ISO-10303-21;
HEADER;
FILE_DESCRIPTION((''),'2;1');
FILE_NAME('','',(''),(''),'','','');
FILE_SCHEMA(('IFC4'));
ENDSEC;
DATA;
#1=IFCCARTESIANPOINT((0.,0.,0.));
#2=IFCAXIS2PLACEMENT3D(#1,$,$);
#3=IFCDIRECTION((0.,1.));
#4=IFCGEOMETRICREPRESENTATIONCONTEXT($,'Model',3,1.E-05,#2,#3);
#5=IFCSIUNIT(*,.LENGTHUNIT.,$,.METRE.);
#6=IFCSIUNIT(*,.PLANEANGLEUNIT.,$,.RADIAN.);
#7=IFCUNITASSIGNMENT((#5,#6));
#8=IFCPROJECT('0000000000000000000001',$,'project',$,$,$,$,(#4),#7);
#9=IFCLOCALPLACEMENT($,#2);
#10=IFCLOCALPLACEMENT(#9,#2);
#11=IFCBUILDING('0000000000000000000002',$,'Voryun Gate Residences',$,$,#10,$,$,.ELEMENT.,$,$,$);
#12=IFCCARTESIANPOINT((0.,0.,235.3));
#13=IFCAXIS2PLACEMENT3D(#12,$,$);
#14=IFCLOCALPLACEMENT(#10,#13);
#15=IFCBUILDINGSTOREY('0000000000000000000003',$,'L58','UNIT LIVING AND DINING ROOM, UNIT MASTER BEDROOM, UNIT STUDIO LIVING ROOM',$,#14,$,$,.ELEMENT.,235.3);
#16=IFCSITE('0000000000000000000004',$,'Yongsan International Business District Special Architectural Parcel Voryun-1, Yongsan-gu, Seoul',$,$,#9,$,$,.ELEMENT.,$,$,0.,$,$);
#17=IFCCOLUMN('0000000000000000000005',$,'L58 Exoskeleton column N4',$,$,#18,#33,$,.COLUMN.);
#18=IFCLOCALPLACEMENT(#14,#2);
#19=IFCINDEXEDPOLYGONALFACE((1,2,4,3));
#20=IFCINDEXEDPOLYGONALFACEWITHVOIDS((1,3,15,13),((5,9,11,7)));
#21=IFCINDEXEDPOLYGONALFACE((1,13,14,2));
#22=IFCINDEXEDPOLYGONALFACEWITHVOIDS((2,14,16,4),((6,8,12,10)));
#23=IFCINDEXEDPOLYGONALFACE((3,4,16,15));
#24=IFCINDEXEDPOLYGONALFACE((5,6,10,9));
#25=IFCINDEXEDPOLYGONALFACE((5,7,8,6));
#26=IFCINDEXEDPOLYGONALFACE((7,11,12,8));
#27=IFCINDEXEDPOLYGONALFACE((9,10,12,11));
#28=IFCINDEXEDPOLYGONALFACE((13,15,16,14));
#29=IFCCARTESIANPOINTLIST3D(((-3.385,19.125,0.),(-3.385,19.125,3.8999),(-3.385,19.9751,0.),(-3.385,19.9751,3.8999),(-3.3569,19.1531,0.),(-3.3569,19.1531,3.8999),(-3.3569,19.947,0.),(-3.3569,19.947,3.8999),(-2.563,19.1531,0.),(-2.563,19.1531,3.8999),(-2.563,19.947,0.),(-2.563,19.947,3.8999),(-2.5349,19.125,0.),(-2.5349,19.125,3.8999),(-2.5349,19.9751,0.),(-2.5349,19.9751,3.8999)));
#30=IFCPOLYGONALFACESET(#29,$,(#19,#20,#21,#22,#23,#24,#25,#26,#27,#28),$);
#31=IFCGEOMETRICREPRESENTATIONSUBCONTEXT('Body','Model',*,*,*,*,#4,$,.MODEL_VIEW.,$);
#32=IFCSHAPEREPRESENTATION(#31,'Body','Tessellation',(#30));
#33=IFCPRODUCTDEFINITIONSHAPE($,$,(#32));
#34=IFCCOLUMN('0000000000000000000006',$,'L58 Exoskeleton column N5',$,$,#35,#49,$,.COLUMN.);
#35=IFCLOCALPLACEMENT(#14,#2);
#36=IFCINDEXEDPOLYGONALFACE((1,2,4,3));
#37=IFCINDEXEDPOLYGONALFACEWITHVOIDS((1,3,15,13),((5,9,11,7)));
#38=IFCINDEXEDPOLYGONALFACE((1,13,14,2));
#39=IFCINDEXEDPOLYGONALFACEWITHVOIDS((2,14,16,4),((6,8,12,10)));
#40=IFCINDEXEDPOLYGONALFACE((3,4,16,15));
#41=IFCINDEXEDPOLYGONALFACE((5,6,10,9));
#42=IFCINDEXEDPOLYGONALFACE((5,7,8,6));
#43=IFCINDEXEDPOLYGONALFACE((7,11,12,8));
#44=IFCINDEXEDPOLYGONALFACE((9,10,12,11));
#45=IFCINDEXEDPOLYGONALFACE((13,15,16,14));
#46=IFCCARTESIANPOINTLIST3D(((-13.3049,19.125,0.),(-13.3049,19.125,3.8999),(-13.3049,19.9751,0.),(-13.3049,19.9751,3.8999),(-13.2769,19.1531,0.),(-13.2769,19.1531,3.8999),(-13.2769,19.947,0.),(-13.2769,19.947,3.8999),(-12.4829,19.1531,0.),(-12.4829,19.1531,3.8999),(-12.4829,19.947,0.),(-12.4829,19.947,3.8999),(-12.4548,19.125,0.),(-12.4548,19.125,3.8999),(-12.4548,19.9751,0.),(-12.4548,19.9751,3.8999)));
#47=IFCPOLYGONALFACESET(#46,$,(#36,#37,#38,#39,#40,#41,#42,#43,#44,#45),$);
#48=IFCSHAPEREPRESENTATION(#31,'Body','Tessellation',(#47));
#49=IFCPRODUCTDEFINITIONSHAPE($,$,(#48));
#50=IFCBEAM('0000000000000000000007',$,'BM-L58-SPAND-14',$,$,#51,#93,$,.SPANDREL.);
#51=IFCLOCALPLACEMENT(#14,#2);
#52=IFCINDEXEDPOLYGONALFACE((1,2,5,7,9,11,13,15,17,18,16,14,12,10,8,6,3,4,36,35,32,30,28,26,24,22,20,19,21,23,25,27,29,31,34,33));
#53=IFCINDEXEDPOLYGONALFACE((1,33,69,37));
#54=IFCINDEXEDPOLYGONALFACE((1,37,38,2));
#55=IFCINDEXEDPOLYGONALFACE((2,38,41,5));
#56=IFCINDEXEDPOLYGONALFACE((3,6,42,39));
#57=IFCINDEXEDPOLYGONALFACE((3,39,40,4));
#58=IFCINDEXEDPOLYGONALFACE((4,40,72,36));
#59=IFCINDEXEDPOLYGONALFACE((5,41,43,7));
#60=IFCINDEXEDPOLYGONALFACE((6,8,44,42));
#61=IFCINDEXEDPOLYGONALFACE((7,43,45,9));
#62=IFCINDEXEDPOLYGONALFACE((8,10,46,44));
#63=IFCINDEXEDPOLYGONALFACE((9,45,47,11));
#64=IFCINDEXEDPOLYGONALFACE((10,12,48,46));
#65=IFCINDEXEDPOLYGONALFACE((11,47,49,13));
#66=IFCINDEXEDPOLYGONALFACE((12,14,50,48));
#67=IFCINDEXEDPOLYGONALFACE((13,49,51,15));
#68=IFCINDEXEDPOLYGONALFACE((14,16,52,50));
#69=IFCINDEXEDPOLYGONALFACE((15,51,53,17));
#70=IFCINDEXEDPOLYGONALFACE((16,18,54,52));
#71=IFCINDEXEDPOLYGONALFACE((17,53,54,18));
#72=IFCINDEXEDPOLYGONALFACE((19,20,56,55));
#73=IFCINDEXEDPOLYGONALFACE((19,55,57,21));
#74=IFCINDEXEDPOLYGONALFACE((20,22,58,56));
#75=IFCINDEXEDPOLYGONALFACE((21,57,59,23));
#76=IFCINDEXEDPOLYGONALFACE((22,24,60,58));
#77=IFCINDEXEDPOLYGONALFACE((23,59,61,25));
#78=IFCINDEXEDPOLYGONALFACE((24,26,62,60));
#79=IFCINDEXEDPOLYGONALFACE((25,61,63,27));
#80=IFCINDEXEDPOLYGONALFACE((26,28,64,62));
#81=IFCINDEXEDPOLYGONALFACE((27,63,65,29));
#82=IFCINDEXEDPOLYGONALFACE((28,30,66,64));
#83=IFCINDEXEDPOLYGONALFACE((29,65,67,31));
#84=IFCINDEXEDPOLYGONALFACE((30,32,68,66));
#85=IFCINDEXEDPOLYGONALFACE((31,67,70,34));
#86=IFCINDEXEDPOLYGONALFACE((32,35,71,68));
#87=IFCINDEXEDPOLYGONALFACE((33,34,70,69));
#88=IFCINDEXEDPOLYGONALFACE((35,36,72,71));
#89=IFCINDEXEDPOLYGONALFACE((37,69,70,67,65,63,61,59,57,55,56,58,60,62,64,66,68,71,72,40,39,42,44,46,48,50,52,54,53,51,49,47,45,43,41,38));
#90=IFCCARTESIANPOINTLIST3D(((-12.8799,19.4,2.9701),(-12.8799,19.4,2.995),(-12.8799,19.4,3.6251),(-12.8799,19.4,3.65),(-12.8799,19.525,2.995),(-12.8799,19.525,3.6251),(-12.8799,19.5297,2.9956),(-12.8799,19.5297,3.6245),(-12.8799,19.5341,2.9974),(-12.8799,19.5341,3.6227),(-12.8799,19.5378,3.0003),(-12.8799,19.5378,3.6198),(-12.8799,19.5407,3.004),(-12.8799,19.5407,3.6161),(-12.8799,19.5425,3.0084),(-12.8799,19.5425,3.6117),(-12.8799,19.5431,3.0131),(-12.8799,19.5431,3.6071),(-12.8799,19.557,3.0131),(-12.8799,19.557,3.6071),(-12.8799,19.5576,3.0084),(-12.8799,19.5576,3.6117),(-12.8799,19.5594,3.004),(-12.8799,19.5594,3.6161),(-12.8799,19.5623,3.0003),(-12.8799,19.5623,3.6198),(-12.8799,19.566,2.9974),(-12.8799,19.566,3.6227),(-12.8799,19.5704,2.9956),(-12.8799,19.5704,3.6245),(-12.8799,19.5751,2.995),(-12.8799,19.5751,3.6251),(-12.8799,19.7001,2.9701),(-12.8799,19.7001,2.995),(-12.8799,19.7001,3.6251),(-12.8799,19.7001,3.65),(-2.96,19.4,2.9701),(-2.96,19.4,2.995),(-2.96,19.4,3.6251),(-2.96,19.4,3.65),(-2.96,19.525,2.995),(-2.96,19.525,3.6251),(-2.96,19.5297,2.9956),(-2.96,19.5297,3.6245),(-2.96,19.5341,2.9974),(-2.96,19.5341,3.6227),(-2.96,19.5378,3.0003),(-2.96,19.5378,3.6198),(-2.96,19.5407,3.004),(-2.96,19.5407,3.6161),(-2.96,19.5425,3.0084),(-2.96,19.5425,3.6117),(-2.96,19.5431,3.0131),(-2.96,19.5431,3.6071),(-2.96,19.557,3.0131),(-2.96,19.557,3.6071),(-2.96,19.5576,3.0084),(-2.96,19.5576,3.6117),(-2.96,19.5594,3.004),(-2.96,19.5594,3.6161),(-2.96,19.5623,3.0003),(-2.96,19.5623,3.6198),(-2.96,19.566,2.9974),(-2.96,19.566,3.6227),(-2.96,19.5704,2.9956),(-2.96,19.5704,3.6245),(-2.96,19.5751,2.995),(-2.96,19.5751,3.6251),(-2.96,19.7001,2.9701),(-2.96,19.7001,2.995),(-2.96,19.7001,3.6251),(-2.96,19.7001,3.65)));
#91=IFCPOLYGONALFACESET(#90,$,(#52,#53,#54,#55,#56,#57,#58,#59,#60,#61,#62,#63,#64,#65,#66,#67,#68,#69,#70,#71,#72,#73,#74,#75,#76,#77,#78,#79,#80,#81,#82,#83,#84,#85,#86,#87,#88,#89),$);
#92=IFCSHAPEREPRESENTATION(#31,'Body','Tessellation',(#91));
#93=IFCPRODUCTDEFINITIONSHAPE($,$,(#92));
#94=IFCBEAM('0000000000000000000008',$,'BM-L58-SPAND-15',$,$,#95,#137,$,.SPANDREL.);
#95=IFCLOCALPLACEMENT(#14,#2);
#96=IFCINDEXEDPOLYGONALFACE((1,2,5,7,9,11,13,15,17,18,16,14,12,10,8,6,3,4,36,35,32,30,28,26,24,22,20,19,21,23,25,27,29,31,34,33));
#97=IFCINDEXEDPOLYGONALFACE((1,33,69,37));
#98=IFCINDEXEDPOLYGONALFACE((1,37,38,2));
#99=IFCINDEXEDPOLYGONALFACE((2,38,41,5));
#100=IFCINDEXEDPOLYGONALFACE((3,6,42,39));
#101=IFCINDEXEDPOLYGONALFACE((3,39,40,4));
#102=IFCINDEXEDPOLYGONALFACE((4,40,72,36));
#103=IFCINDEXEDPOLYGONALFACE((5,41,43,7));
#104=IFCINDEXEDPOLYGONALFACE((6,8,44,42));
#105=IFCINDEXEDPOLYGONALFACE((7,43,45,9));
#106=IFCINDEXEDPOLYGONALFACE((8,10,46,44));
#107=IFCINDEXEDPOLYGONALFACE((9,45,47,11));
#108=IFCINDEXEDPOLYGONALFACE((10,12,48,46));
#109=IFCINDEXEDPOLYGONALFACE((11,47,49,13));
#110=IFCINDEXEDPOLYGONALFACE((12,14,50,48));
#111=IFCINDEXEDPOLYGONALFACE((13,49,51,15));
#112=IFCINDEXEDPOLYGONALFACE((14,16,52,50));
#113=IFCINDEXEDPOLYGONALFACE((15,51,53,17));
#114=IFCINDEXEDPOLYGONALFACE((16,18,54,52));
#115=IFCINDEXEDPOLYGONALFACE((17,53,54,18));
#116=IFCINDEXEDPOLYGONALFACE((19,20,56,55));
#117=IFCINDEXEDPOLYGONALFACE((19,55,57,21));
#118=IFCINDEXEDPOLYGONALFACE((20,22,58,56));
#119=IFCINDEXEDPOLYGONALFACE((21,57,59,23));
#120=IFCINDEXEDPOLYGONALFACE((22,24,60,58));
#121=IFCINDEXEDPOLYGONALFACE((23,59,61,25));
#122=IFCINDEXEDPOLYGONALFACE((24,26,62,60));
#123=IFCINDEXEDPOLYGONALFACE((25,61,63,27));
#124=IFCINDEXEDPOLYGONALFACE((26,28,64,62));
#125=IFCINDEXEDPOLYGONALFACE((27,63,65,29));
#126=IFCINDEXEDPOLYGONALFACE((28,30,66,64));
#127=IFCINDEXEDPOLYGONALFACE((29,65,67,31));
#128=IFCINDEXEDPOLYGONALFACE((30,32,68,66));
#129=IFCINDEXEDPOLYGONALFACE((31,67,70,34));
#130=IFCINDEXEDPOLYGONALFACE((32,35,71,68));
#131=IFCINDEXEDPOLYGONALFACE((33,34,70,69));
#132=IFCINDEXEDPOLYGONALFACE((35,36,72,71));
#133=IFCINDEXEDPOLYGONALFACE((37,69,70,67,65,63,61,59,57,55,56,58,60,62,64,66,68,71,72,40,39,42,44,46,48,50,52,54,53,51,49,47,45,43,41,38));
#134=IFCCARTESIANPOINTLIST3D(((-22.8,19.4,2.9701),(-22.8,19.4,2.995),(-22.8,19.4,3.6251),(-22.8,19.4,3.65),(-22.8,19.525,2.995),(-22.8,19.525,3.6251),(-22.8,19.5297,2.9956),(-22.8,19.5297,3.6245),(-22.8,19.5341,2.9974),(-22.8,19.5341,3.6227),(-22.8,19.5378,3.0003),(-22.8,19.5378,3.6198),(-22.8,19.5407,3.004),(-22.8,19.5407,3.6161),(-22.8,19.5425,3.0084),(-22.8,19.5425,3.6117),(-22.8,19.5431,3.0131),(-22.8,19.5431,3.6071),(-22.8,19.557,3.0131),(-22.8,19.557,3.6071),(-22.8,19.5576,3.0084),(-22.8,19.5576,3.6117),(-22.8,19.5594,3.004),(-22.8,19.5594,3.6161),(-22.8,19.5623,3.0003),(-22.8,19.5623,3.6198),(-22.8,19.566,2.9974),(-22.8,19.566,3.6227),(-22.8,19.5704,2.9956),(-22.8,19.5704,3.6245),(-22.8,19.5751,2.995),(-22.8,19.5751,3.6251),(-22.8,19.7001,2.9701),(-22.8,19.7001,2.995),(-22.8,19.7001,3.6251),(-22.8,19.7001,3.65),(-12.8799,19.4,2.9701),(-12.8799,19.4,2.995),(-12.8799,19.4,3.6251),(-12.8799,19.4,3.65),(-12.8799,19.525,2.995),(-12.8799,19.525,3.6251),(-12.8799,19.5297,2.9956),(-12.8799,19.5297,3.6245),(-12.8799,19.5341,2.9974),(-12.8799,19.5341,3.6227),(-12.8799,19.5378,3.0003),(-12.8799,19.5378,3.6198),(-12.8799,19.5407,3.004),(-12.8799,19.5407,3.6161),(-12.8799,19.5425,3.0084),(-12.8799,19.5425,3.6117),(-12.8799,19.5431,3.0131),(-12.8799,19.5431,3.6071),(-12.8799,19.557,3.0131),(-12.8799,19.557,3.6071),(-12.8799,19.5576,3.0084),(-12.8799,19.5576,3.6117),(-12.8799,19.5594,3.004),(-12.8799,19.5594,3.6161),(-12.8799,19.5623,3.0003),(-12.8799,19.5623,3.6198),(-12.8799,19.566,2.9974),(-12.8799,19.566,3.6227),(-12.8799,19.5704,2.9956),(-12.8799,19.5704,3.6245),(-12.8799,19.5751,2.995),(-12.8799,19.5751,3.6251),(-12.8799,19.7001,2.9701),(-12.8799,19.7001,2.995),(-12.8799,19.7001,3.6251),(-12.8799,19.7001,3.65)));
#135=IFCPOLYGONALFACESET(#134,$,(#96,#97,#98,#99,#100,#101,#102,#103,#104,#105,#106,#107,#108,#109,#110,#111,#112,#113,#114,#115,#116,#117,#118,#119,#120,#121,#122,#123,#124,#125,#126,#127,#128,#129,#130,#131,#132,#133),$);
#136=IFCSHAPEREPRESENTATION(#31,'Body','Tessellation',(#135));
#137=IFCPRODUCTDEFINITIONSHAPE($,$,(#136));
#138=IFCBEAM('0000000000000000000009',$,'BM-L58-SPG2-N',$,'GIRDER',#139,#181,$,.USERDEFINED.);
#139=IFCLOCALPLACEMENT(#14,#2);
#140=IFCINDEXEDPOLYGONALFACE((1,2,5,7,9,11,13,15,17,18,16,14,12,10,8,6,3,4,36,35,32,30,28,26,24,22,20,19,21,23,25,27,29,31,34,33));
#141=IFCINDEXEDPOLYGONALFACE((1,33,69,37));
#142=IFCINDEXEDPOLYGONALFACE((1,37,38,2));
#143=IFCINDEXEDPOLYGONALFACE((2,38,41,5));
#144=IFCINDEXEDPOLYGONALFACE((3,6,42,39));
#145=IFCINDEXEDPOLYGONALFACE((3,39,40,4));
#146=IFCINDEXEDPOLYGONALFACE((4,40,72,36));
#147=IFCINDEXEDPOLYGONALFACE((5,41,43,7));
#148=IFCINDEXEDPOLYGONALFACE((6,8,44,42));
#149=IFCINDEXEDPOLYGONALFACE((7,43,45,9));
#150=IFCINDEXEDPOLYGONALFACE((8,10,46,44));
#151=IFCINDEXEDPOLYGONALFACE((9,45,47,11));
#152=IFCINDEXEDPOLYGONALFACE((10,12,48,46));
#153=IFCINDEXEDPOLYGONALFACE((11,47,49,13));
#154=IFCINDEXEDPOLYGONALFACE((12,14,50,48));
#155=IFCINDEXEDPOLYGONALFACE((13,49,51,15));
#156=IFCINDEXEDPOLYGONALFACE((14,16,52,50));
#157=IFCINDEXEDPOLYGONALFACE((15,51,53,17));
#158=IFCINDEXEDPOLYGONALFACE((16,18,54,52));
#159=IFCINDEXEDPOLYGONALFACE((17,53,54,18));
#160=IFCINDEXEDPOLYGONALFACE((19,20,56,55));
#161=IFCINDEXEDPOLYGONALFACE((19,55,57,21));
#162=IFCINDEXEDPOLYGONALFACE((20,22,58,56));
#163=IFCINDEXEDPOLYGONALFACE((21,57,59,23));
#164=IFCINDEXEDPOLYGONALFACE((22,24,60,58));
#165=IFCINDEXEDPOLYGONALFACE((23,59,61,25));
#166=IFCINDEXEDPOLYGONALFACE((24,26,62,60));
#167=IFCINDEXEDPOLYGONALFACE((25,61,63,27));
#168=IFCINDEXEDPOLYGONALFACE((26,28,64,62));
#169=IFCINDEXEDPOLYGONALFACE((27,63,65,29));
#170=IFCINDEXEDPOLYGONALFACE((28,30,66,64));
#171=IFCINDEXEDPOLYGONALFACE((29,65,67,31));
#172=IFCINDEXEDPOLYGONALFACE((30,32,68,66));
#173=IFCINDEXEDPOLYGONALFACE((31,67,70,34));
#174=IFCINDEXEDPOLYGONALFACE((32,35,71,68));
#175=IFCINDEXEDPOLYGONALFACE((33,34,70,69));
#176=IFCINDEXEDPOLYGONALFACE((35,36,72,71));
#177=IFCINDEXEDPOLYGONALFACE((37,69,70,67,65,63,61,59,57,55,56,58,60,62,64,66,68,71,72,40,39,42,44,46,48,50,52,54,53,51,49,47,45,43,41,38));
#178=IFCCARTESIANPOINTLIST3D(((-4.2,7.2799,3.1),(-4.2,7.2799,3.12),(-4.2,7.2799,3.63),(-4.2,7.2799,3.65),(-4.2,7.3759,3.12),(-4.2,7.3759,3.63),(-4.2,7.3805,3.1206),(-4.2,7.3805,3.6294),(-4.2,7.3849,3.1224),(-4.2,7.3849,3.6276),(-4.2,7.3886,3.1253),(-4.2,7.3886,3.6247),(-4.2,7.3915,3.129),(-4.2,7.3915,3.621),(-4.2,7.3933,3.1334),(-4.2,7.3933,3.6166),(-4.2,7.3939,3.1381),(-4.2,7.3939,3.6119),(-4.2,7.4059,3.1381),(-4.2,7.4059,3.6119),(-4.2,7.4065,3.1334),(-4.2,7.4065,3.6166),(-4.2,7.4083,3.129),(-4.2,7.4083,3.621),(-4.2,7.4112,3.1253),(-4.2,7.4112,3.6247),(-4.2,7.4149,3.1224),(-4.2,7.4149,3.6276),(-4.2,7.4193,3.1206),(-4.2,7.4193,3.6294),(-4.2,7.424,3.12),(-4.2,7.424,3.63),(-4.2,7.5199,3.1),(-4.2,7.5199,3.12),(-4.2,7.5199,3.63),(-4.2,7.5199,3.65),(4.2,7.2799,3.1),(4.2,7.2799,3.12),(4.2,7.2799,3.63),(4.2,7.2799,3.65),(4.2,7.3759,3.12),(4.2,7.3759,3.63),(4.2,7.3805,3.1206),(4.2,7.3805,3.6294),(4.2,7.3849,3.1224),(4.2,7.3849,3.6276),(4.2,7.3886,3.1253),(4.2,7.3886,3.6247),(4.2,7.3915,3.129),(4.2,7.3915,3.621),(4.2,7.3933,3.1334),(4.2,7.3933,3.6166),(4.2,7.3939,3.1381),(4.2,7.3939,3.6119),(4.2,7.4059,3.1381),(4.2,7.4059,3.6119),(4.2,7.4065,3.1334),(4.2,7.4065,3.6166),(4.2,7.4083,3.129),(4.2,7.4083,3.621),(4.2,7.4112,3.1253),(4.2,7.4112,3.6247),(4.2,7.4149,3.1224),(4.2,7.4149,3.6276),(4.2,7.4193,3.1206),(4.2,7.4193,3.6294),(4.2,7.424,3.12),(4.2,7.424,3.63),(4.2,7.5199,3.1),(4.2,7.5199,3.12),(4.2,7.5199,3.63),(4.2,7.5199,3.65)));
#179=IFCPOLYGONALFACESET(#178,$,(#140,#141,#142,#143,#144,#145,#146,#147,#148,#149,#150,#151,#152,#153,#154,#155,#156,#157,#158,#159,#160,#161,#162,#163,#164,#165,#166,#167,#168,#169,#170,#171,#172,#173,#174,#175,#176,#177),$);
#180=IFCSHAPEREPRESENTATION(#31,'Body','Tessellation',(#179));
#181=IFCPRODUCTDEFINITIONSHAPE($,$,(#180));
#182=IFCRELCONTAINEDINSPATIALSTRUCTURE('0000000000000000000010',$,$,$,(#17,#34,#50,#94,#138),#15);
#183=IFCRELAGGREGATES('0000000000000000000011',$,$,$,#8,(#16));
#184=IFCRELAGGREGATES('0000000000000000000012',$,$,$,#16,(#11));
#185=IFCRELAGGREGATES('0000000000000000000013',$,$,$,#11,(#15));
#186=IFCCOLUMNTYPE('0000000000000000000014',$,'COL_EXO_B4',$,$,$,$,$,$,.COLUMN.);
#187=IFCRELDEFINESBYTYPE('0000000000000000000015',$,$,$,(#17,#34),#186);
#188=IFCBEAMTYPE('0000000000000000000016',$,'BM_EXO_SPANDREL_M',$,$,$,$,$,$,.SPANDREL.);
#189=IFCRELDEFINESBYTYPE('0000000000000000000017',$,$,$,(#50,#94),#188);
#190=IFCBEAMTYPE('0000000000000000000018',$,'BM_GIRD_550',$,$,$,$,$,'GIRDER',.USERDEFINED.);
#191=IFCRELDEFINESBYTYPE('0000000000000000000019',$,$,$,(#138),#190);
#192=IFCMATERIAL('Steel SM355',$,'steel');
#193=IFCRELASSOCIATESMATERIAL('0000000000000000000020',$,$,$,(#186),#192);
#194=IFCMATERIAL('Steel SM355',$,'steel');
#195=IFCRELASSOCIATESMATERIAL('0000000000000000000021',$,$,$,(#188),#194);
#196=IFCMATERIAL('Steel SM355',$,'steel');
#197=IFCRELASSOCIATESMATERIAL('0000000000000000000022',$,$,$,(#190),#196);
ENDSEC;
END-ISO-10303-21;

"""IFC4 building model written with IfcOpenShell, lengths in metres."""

from ifc_helpers import new_model, si_unit, direction, frame, origin, origin_2d, place, context, subcontext, project, spatial, hollow_rectangle, i_section, extrude, material, material_profile, profile_set, type_object, element, save


model = new_model("IFC4")

# Units and contexts
model_context = context("Model", 3, precision=1e-05, world=origin(), true_north=direction((0.0, 1.0)))
body_context = subcontext(model_context, "Body", "Model", "MODEL_VIEW")
ifc_project = project(units=[si_unit("LENGTHUNIT", "METRE"), si_unit("PLANEANGLEUNIT", "RADIAN")], contexts=[model_context])

# Site, building, storey
site_placement = place(None, origin())
site = spatial("IfcSite", under=ifc_project, at=site_placement, Name="Yongsan International Business District Special Architectural Parcel Voryun-1, Yongsan-gu, Seoul", CompositionType="ELEMENT", RefElevation=0.0)
building_placement = place(site_placement, origin())
building = spatial("IfcBuilding", under=site, at=building_placement, Name="Voryun Gate Residences", CompositionType="ELEMENT")
storey_placement = place(building_placement, frame((0.0, 0.0, 235.3)))
storey = spatial("IfcBuildingStorey", under=building, at=storey_placement, Name="L58", Description="UNIT LIVING AND DINING ROOM, UNIT MASTER BEDROOM, UNIT STUDIO LIVING ROOM", CompositionType="ELEMENT", Elevation=235.3)

# Columns
ifc_material_1 = material(Name="Steel SM355", Category="steel")
ifc_material_profile_1 = material_profile(ifc_material_1, hollow_rectangle(XDim=0.8501, YDim=0.8501, WallThickness=0.0281, at=origin_2d()), Name="BOX-850x850x28")
ifc_profile_set_1 = profile_set([ifc_material_profile_1], Name="Steel SM355")
column_type = type_object("IfcColumnType", Name="COL_EXO_B4", PredefinedType="COLUMN", material=ifc_profile_set_1)
for number, where, z_axis, x_axis, name in (
    (1, (-2.96, 19.55, 0.0), (0.0, 0.0, 1.0), (1.0, 0.0, 0.0), "L58 Exoskeleton column N4"),
    (2, (-12.8799, 19.55, 0.0), (0.0, 0.0, 1.0), (1.0, 0.0, 0.0), "L58 Exoskeleton column N5"),
):
    element("IfcColumn", number, at=place(storey_placement, frame(where, z_axis=z_axis, x_axis=x_axis)), inside=storey, type_object=column_type, Name=name, PredefinedType="COLUMN", context=body_context, shape_type="SweptSolid", body=[
        extrude(hollow_rectangle(XDim=0.8501, YDim=0.8501, WallThickness=0.0281, at=origin_2d()), origin(), (0.0, 0.0, 1.0), 3.8999),
    ])

# Beams
ifc_material_2 = material(Name="Steel SM355", Category="steel")
ifc_material_profile_2 = material_profile(ifc_material_2, i_section(OverallWidth=0.3, OverallDepth=0.6799, WebThickness=0.0139, FlangeThickness=0.0249, FilletRadius=0.0181, at=origin_2d()), Name="H-680x300x14x25")
ifc_profile_set_2 = profile_set([ifc_material_profile_2], Name="Steel SM355")
beam_type_1 = type_object("IfcBeamType", Name="BM_EXO_SPANDREL_M", PredefinedType="SPANDREL", material=ifc_profile_set_2)
beam_1_placement = place(storey_placement, frame((-2.96, 19.55, 3.3101), z_axis=(-1.0, 0.0, 0.0), x_axis=(0.0, -1.0, 0.0)))
element("IfcBeam", 3, at=beam_1_placement, inside=storey, type_object=beam_type_1, Name="BM-L58-SPAND-14", PredefinedType="SPANDREL", context=body_context, shape_type="SweptSolid", body=[
    extrude(i_section(OverallWidth=0.3, OverallDepth=0.6799, WebThickness=0.0139, FlangeThickness=0.0249, FilletRadius=0.0181, at=origin_2d()), origin(), (0.0, 0.0, 1.0), 9.9199),
])
beam_2_placement = place(storey_placement, frame((-12.8799, 19.55, 3.3101), z_axis=(-1.0, 0.0, 0.0), x_axis=(0.0, -1.0, 0.0)))
element("IfcBeam", 4, at=beam_2_placement, inside=storey, type_object=beam_type_1, Name="BM-L58-SPAND-15", PredefinedType="SPANDREL", context=body_context, shape_type="SweptSolid", body=[
    extrude(i_section(OverallWidth=0.3, OverallDepth=0.6799, WebThickness=0.0139, FlangeThickness=0.0249, FilletRadius=0.0181, at=origin_2d()), origin(), (0.0, 0.0, 1.0), 9.9202),
])
ifc_material_3 = material(Name="Steel SM355", Category="steel")
ifc_material_profile_3 = material_profile(ifc_material_3, i_section(OverallWidth=0.24, OverallDepth=0.55, WebThickness=0.012, FlangeThickness=0.02, FilletRadius=0.0181, at=origin_2d()), Name="H-550x240x12x20")
ifc_profile_set_3 = profile_set([ifc_material_profile_3], Name="Steel SM355")
beam_type_2 = type_object("IfcBeamType", Name="BM_GIRD_550", ElementType="GIRDER", PredefinedType="USERDEFINED", material=ifc_profile_set_3)
beam_3_placement = place(storey_placement, frame((-4.2, 7.3999, 3.375), z_axis=(1.0, 0.0, 0.0), x_axis=(0.0, 1.0, 0.0)))
element("IfcBeam", 5, at=beam_3_placement, inside=storey, type_object=beam_type_2, Name="BM-L58-SPG2-N", ObjectType="GIRDER", PredefinedType="USERDEFINED", context=body_context, shape_type="SweptSolid", body=[
    extrude(i_section(OverallWidth=0.24, OverallDepth=0.55, WebThickness=0.012, FlangeThickness=0.02, FilletRadius=0.0181, at=origin_2d()), origin(), (0.0, 0.0, 1.0), 8.3999),
])

save(model, "model.ifc")
